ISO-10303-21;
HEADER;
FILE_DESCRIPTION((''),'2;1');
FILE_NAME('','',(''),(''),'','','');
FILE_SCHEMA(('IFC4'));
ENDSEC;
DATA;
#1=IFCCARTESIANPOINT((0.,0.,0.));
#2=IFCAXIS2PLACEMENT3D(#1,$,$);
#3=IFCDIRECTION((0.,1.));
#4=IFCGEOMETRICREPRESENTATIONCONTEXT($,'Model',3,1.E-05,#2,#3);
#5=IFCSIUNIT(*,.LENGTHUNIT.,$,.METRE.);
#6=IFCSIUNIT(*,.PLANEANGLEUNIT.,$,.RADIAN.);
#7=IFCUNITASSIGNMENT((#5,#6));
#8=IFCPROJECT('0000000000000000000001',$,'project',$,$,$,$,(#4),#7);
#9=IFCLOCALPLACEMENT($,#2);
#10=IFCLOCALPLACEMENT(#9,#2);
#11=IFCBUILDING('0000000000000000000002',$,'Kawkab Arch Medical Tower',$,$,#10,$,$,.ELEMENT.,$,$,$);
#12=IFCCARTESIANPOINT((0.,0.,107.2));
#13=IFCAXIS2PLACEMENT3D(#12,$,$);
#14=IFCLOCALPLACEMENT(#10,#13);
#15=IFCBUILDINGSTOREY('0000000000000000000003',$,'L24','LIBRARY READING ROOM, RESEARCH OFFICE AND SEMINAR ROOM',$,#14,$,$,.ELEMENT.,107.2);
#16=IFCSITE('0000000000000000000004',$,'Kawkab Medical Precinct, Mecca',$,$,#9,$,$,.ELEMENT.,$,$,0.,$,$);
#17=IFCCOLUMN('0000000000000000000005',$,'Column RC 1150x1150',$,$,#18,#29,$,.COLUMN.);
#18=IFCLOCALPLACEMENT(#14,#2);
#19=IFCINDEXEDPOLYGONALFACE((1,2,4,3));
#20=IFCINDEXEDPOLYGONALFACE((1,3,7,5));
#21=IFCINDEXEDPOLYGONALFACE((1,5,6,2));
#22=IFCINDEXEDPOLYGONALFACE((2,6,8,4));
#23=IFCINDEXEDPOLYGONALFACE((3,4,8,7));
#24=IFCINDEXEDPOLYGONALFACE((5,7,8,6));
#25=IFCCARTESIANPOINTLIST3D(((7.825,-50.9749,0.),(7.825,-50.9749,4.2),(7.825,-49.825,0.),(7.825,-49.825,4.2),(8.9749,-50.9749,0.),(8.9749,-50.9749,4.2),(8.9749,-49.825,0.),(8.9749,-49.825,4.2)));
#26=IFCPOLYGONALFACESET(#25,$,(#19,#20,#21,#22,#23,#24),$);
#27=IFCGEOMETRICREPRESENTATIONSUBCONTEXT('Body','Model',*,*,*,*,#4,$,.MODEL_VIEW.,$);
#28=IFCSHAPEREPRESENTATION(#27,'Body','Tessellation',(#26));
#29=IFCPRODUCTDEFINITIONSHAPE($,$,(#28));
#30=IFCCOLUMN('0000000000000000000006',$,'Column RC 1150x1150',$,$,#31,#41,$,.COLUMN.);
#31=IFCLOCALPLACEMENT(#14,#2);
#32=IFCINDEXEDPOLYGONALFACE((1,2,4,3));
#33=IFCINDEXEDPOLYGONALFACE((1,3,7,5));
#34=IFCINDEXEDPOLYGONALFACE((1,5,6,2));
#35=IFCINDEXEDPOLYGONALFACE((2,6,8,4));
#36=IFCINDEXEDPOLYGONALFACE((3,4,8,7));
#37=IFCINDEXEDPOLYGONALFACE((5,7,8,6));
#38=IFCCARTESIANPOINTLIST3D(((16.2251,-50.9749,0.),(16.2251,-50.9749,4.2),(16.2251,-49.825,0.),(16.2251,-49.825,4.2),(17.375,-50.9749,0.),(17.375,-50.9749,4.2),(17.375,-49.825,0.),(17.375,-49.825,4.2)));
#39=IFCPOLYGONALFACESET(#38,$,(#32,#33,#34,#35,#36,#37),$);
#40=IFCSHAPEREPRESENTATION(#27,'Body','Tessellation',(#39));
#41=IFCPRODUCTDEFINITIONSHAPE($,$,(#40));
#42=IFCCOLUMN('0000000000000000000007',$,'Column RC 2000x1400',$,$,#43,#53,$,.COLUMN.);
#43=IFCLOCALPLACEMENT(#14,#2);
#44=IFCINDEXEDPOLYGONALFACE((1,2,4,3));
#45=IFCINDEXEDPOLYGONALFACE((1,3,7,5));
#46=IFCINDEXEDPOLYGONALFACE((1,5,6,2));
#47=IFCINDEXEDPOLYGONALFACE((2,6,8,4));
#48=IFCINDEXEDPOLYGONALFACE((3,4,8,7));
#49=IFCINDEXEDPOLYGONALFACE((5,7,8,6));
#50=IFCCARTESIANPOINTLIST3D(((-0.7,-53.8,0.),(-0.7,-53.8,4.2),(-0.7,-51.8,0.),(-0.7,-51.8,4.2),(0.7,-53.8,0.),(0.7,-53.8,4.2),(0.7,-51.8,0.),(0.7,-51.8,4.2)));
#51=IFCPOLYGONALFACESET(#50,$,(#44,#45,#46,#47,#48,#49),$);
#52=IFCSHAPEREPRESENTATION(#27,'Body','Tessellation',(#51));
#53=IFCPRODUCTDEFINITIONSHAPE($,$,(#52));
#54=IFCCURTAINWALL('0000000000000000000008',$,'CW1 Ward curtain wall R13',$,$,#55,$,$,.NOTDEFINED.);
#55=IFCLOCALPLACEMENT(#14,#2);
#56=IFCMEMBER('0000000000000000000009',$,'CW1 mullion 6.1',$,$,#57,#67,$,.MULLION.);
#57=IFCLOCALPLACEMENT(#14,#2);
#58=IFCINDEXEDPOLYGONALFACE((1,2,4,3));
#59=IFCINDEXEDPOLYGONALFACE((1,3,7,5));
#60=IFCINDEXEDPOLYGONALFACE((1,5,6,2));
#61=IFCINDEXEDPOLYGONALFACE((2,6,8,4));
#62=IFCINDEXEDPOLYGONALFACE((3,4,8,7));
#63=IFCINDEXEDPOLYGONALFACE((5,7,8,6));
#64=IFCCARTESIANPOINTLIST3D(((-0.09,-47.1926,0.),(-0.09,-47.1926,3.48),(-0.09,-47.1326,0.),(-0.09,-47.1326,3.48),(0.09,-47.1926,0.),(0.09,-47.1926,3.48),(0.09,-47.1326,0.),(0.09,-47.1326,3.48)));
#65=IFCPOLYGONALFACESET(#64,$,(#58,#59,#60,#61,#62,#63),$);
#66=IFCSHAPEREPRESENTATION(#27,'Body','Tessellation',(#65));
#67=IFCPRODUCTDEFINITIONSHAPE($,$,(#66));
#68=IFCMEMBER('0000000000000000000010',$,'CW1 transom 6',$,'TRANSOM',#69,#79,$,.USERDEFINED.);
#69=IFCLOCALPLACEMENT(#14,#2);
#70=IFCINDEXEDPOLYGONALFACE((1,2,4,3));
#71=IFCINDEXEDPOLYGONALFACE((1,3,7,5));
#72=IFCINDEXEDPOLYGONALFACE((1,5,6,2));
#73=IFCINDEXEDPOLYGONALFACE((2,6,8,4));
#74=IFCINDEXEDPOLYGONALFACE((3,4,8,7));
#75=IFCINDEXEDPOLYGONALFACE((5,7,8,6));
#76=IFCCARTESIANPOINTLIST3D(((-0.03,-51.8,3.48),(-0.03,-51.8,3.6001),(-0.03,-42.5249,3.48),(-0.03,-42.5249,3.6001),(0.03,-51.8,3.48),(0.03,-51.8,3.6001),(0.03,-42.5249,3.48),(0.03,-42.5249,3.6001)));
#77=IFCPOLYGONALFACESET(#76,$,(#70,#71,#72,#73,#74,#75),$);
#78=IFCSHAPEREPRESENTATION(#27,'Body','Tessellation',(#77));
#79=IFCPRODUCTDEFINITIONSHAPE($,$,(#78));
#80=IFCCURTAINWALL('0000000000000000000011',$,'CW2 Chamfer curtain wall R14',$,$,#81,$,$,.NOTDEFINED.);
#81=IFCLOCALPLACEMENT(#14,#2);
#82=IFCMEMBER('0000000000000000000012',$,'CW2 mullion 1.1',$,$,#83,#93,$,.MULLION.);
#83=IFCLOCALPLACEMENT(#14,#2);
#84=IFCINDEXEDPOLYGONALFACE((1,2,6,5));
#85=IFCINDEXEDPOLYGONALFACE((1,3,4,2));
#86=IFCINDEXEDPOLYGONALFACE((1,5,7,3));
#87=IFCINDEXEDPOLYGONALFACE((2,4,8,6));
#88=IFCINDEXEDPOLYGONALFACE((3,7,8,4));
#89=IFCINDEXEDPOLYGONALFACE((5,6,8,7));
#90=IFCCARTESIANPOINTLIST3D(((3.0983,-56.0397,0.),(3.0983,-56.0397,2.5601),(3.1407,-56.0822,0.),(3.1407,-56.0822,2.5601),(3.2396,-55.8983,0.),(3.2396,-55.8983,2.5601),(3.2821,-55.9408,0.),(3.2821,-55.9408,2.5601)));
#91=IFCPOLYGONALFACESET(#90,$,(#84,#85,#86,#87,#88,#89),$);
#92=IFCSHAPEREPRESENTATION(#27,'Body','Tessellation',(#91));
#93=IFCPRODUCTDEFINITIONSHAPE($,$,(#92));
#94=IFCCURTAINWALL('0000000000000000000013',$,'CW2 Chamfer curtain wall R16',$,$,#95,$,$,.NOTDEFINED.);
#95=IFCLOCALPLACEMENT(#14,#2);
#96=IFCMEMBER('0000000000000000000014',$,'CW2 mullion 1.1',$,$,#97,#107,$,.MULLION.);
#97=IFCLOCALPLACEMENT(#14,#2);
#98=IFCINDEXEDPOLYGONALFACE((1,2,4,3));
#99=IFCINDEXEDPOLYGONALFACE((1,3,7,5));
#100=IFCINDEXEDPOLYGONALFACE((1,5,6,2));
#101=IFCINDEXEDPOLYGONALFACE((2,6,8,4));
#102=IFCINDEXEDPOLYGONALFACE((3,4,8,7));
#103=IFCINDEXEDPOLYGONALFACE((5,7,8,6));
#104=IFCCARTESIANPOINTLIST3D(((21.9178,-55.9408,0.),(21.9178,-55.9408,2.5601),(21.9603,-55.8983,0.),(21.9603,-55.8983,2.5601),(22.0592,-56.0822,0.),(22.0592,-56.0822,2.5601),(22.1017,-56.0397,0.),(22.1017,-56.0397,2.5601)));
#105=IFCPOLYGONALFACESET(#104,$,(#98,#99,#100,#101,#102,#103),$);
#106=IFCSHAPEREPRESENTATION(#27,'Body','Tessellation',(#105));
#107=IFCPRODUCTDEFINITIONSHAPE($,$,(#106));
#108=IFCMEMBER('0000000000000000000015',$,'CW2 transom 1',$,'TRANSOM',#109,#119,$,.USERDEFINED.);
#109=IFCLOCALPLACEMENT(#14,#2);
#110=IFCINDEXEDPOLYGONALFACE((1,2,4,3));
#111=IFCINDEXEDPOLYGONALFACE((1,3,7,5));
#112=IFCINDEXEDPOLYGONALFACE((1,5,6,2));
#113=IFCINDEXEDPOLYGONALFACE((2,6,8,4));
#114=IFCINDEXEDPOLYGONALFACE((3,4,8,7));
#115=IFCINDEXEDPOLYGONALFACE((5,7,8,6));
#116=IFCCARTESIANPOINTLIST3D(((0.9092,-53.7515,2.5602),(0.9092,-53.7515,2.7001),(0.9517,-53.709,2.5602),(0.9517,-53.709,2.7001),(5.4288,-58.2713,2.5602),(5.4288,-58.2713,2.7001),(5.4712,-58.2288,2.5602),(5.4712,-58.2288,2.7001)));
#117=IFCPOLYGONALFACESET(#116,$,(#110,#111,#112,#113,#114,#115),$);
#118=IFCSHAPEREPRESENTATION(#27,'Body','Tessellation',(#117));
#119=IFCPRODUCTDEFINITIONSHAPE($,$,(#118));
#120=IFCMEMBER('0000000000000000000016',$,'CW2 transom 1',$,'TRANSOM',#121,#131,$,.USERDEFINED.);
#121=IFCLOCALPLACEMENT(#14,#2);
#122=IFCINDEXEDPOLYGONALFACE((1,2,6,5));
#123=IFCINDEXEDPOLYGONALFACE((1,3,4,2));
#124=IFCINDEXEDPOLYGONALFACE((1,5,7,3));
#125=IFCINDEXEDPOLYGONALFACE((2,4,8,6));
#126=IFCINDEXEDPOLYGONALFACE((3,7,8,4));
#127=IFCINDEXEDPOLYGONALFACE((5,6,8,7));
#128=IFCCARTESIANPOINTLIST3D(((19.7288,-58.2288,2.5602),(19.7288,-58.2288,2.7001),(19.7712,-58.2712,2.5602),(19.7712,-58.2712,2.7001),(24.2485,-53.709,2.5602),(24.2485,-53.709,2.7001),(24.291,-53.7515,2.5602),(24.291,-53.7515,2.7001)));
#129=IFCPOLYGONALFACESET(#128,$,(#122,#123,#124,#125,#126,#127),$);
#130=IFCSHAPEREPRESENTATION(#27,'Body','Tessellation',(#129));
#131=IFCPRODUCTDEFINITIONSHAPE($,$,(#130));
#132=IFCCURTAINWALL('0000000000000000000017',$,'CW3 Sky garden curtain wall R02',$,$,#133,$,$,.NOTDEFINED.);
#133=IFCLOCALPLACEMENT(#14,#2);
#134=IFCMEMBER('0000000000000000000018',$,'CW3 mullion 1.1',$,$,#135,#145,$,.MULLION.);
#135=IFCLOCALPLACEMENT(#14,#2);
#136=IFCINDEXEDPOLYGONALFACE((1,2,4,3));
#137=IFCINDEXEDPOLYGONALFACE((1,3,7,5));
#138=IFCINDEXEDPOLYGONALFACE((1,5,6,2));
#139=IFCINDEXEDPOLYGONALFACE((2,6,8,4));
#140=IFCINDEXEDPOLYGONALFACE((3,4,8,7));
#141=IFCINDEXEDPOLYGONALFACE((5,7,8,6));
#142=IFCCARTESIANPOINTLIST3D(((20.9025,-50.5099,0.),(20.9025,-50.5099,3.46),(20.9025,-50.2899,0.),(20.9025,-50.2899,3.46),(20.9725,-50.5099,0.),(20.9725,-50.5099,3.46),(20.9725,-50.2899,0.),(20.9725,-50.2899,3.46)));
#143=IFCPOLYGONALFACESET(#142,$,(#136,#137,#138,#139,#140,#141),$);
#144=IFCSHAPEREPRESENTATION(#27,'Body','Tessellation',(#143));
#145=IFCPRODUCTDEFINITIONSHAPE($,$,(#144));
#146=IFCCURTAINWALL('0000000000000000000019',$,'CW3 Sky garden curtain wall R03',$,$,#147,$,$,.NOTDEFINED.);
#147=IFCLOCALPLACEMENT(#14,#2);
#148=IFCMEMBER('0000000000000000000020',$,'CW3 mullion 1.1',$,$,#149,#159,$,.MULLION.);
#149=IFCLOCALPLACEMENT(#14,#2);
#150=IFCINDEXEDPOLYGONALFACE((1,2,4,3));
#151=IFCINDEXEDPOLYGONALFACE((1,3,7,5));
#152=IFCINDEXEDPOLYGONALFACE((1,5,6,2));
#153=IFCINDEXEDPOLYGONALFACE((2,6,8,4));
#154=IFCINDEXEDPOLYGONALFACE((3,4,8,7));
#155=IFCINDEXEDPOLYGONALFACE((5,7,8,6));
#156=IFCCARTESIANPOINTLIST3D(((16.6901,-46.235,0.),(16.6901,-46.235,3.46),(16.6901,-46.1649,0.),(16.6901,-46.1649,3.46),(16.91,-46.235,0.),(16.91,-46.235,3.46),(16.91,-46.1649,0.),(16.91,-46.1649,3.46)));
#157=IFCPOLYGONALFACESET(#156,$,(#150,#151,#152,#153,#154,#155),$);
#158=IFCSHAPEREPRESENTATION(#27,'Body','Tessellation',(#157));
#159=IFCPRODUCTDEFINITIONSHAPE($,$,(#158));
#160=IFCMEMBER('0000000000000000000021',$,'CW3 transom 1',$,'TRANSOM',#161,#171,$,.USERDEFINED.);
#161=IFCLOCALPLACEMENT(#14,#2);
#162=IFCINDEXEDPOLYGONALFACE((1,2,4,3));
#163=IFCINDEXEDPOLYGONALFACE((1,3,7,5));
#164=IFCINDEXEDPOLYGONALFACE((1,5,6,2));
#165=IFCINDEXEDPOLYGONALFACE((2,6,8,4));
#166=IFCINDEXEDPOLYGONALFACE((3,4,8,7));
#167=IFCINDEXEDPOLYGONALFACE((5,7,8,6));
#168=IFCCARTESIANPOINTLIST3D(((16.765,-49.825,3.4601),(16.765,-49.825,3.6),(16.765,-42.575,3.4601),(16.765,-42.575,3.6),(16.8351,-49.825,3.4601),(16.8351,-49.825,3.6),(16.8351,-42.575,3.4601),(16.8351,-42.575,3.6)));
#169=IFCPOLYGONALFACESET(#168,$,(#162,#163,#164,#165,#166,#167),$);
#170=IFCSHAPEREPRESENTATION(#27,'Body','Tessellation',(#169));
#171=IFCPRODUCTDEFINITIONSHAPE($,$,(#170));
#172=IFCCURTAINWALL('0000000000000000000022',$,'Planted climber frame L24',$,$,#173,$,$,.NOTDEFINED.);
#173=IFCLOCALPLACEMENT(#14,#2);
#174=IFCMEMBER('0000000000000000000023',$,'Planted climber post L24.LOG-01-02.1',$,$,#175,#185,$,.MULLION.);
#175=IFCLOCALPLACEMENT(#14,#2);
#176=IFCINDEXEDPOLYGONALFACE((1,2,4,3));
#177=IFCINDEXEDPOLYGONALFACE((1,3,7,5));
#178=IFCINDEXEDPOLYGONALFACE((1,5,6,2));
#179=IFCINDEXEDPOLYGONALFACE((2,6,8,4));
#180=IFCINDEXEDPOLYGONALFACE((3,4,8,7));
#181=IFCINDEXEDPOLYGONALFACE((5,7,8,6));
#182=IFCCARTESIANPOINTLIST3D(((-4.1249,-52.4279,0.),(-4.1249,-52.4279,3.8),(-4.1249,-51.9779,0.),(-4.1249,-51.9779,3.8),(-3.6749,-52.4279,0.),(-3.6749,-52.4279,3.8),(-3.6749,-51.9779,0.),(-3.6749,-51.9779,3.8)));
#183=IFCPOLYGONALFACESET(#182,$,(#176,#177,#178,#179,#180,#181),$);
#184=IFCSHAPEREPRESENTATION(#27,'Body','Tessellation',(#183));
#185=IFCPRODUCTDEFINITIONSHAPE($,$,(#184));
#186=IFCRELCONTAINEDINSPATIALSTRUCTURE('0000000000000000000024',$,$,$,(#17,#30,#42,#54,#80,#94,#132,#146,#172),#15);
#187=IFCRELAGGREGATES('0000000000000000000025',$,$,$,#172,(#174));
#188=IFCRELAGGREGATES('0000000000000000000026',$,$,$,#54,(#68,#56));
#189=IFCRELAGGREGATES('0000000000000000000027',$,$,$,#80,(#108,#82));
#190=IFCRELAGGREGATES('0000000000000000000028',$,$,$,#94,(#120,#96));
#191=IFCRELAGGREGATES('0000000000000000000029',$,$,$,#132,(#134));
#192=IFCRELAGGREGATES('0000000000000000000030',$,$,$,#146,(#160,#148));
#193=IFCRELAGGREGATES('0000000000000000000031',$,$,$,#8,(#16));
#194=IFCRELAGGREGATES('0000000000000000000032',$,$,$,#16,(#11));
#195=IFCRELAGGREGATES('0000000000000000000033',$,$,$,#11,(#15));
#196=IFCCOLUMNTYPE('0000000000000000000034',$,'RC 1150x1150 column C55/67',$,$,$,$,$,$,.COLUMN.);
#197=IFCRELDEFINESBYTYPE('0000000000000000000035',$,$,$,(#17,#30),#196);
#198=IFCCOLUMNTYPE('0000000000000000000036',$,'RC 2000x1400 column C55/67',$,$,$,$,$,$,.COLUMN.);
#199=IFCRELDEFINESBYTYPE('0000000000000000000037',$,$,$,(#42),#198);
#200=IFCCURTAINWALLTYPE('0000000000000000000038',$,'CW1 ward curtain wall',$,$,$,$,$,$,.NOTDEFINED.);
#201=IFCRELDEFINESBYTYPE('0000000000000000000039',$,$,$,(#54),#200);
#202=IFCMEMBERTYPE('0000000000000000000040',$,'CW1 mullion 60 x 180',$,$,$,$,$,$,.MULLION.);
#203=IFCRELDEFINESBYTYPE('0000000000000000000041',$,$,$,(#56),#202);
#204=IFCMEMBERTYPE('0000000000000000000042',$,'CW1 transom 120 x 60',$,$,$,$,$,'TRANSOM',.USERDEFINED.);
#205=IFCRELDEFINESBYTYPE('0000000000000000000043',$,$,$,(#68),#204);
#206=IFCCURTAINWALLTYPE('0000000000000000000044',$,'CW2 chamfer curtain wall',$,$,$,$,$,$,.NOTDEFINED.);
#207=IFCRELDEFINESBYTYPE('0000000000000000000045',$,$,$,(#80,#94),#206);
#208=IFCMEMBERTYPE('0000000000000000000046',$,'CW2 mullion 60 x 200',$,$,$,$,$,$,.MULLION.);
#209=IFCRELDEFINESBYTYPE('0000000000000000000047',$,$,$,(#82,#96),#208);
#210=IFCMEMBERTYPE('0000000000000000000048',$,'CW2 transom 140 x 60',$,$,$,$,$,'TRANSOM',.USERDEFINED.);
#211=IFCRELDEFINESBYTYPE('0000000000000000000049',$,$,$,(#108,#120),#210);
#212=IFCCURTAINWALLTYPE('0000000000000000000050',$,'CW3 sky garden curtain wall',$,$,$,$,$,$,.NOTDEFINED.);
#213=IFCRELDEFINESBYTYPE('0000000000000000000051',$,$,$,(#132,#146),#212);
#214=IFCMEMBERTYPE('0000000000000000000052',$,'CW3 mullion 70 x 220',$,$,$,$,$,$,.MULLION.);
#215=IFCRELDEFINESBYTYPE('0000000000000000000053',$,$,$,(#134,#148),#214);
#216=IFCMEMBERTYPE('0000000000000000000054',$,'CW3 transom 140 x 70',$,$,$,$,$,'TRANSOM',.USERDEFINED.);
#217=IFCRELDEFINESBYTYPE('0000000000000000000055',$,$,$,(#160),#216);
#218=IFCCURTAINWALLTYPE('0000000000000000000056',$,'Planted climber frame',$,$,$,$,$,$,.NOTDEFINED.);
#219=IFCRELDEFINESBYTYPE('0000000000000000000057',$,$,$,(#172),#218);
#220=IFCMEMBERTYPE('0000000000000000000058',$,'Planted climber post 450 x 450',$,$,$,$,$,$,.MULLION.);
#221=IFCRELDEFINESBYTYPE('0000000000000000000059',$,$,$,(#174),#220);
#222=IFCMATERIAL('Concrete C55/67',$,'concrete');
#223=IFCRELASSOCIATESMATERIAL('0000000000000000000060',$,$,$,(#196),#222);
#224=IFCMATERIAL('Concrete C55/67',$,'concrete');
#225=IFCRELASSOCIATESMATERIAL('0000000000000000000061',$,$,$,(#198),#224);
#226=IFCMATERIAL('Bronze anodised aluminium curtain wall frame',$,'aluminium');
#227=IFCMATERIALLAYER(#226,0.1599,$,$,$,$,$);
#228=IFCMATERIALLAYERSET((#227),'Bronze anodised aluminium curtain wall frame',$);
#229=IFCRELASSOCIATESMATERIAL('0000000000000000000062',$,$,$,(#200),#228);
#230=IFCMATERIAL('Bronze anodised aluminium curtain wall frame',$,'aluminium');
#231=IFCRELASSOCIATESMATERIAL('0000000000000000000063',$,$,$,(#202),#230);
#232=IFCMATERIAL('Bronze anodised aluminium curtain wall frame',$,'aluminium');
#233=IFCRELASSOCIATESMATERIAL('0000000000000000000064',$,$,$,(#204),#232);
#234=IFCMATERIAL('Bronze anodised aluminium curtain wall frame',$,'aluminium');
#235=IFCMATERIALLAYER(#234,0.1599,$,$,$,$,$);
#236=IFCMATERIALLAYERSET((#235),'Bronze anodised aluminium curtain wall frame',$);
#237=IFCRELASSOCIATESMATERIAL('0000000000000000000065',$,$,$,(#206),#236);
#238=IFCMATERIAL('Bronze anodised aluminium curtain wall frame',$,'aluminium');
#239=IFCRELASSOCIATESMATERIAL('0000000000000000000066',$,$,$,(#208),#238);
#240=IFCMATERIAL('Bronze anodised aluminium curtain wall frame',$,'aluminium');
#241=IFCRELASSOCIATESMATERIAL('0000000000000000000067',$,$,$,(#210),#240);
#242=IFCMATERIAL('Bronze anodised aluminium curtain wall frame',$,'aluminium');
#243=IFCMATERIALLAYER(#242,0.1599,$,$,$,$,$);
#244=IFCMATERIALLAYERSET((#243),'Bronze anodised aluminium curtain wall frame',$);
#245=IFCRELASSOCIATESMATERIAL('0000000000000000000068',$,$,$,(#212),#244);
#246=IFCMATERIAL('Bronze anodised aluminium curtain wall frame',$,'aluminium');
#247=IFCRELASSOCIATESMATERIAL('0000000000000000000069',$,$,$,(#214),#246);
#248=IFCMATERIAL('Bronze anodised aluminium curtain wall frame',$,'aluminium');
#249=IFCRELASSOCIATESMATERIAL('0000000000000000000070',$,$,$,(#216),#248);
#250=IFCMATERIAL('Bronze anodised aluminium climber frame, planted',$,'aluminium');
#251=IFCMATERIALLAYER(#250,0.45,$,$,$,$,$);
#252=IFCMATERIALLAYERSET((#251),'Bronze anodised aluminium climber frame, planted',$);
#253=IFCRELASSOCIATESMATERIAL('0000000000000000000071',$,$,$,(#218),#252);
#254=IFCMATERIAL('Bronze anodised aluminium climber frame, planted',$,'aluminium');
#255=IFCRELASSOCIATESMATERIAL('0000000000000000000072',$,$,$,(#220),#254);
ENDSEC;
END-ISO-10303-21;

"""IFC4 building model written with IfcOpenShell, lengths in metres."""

from ifc_helpers import new_model, si_unit, direction, frame, origin, origin_2d, place, context, subcontext, project, spatial, rectangle, extrude, material, layer, layer_set, material_profile, profile_set, type_object, element, aggregate, save


model = new_model("IFC4")

# Units and contexts
model_context = context("Model", 3, precision=1e-05, world=origin(), true_north=direction((0.0, 1.0)))
body_context = subcontext(model_context, "Body", "Model", "MODEL_VIEW")
ifc_project = project(units=[si_unit("LENGTHUNIT", "METRE"), si_unit("PLANEANGLEUNIT", "RADIAN")], contexts=[model_context])

# Site, building, storey
site_placement = place(None, origin())
site = spatial("IfcSite", under=ifc_project, at=site_placement, Name="Kawkab Medical Precinct, Mecca", CompositionType="ELEMENT", RefElevation=0.0)
building_placement = place(site_placement, origin())
building = spatial("IfcBuilding", under=site, at=building_placement, Name="Kawkab Arch Medical Tower", CompositionType="ELEMENT")
storey_placement = place(building_placement, frame((0.0, 0.0, 107.2)))
storey = spatial("IfcBuildingStorey", under=building, at=storey_placement, Name="L24", Description="LIBRARY READING ROOM, RESEARCH OFFICE AND SEMINAR ROOM", CompositionType="ELEMENT", Elevation=107.2)

# Columns
ifc_material_1 = material(Name="Concrete C55/67", Category="concrete")
ifc_material_profile_1 = material_profile(ifc_material_1, rectangle(XDim=1.1499, YDim=1.1499, at=origin_2d()), Name="RC 1150x1150")
ifc_profile_set_1 = profile_set([ifc_material_profile_1], Name="Concrete C55/67")
column_type_1 = type_object("IfcColumnType", Name="RC 1150x1150 column C55/67", PredefinedType="COLUMN", material=ifc_profile_set_1)
for number, where, z_axis, x_axis, name in (
    (1, (8.3999, -50.3999, 0.0), (0.0, 0.0, 1.0), (1.0, 0.0, 0.0), "Column RC 1150x1150"),
    (2, (16.8, -50.3999, 0.0), (0.0, 0.0, 1.0), (1.0, 0.0, 0.0), "Column RC 1150x1150"),
):
    element("IfcColumn", number, at=place(storey_placement, frame(where, z_axis=z_axis, x_axis=x_axis)), inside=storey, type_object=column_type_1, Name=name, PredefinedType="COLUMN", context=body_context, shape_type="SweptSolid", body=[
        extrude(rectangle(XDim=1.1499, YDim=1.1499, at=origin_2d()), origin(), (0.0, 0.0, 1.0), 4.2),
    ])
ifc_material_2 = material(Name="Concrete C55/67", Category="concrete")
ifc_material_profile_2 = material_profile(ifc_material_2, rectangle(XDim=2.0, YDim=1.3999, at=origin_2d()), Name="RC 2000x1400")
ifc_profile_set_2 = profile_set([ifc_material_profile_2], Name="Concrete C55/67")
column_type_2 = type_object("IfcColumnType", Name="RC 2000x1400 column C55/67", PredefinedType="COLUMN", material=ifc_profile_set_2)
column_placement = place(storey_placement, frame((0.0, -52.8, 0.0), z_axis=(0.0, 0.0, 1.0), x_axis=(0.0, 1.0, 0.0)))
element("IfcColumn", 3, at=column_placement, inside=storey, type_object=column_type_2, Name="Column RC 2000x1400", PredefinedType="COLUMN", context=body_context, shape_type="SweptSolid", body=[
    extrude(rectangle(XDim=2.0, YDim=1.3999, at=origin_2d()), origin(), (0.0, 0.0, 1.0), 4.2),
])

# Curtain wall, members
ifc_material_3 = material(Name="Bronze anodised aluminium curtain wall frame", Category="aluminium")
ifc_layer_1 = layer(ifc_material_3, 0.1599)
ifc_layer_set_1 = layer_set([ifc_layer_1], Name="Bronze anodised aluminium curtain wall frame")
curtain_wall_type_1 = type_object("IfcCurtainWallType", Name="CW1 ward curtain wall", PredefinedType="NOTDEFINED", material=ifc_layer_set_1)
placement = place(storey_placement, origin())
curtain_wall_1 = element("IfcCurtainWall", 4, at=placement, inside=storey, type_object=curtain_wall_type_1, Name="CW1 Ward curtain wall R13", PredefinedType="NOTDEFINED")
ifc_material_4 = material(Name="Bronze anodised aluminium curtain wall frame", Category="aluminium")
ifc_material_profile_3 = material_profile(ifc_material_4, rectangle(XDim=0.1799, YDim=0.0601, at=origin_2d()), Name="AL 60x180")
ifc_profile_set_3 = profile_set([ifc_material_profile_3], Name="Bronze anodised aluminium curtain wall frame")
member_type_1 = type_object("IfcMemberType", Name="CW1 mullion 60 x 180", PredefinedType="MULLION", material=ifc_profile_set_3)
member_1_placement = place(storey_placement, frame((0.0, -47.1626, 0.0), z_axis=(0.0, 0.0, 1.0), x_axis=(1.0, 0.0, 0.0)))
member_1 = element("IfcMember", 5, at=member_1_placement, type_object=member_type_1, Name="CW1 mullion 6.1", PredefinedType="MULLION", context=body_context, shape_type="SweptSolid", body=[
    extrude(rectangle(XDim=0.1799, YDim=0.0601, at=origin_2d()), origin(), (0.0, 0.0, 1.0), 3.48),
])
ifc_material_5 = material(Name="Bronze anodised aluminium curtain wall frame", Category="aluminium")
ifc_material_profile_4 = material_profile(ifc_material_5, rectangle(XDim=0.0601, YDim=0.1201, at=origin_2d()), Name="AL 60x120")
ifc_profile_set_4 = profile_set([ifc_material_profile_4], Name="Bronze anodised aluminium curtain wall frame")
member_type_2 = type_object("IfcMemberType", Name="CW1 transom 120 x 60", ElementType="TRANSOM", PredefinedType="USERDEFINED", material=ifc_profile_set_4)
member_2_placement = place(storey_placement, frame((0.0, -42.5249, 3.54), z_axis=(0.0, -1.0, 0.0), x_axis=(1.0, 0.0, 0.0)))
member_2 = element("IfcMember", 6, at=member_2_placement, type_object=member_type_2, Name="CW1 transom 6", ObjectType="TRANSOM", PredefinedType="USERDEFINED", context=body_context, shape_type="SweptSolid", body=[
    extrude(rectangle(XDim=0.0601, YDim=0.1201, at=origin_2d()), origin(), (0.0, 0.0, 1.0), 9.2751),
])

# Curtain walls, members
ifc_material_6 = material(Name="Bronze anodised aluminium curtain wall frame", Category="aluminium")
ifc_layer_2 = layer(ifc_material_6, 0.1599)
ifc_layer_set_2 = layer_set([ifc_layer_2], Name="Bronze anodised aluminium curtain wall frame")
curtain_wall_type_2 = type_object("IfcCurtainWallType", Name="CW2 chamfer curtain wall", PredefinedType="NOTDEFINED", material=ifc_layer_set_2)
curtain_wall_2 = element("IfcCurtainWall", 7, at=placement, inside=storey, type_object=curtain_wall_type_2, Name="CW2 Chamfer curtain wall R14", PredefinedType="NOTDEFINED")
ifc_material_7 = material(Name="Bronze anodised aluminium curtain wall frame", Category="aluminium")
ifc_material_profile_5 = material_profile(ifc_material_7, rectangle(XDim=0.2, YDim=0.0601, at=origin_2d()), Name="AL 60x200")
ifc_profile_set_5 = profile_set([ifc_material_profile_5], Name="Bronze anodised aluminium curtain wall frame")
member_type_3 = type_object("IfcMemberType", Name="CW2 mullion 60 x 200", PredefinedType="MULLION", material=ifc_profile_set_5)
member_3_placement = place(storey_placement, frame((3.1902, -55.9902, 0.0), z_axis=(0.0, 0.0, 1.0), x_axis=(0.707107, 0.707107, 0.0)))
member_3 = element("IfcMember", 8, at=member_3_placement, type_object=member_type_3, Name="CW2 mullion 1.1", PredefinedType="MULLION", context=body_context, shape_type="SweptSolid", body=[
    extrude(rectangle(XDim=0.2, YDim=0.0601, at=origin_2d()), origin(), (0.0, 0.0, 1.0), 2.5601),
])
curtain_wall_3 = element("IfcCurtainWall", 9, at=placement, inside=storey, type_object=curtain_wall_type_2, Name="CW2 Chamfer curtain wall R16", PredefinedType="NOTDEFINED")
member_4_placement = place(storey_placement, frame((22.0098, -55.9902, 0.0), z_axis=(0.0, 0.0, 1.0), x_axis=(-0.707107, 0.707107, 0.0)))
member_4 = element("IfcMember", 10, at=member_4_placement, type_object=member_type_3, Name="CW2 mullion 1.1", PredefinedType="MULLION", context=body_context, shape_type="SweptSolid", body=[
    extrude(rectangle(XDim=0.2, YDim=0.0601, at=origin_2d()), origin(), (0.0, 0.0, 1.0), 2.5601),
])

# Members
ifc_material_8 = material(Name="Bronze anodised aluminium curtain wall frame", Category="aluminium")
ifc_material_profile_6 = material_profile(ifc_material_8, rectangle(XDim=0.0601, YDim=0.1399, at=origin_2d()), Name="AL 60x140")
ifc_profile_set_6 = profile_set([ifc_material_profile_6], Name="Bronze anodised aluminium curtain wall frame")
member_type_4 = type_object("IfcMemberType", Name="CW2 transom 140 x 60", ElementType="TRANSOM", PredefinedType="USERDEFINED", material=ifc_profile_set_6)
member_5_placement = place(storey_placement, frame((0.9304, -53.7302, 2.6301), z_axis=(0.707088, -0.707126, 0.0), x_axis=(0.707126, 0.707088, 0.0)))
member_5 = element("IfcMember", 11, at=member_5_placement, type_object=member_type_4, Name="CW2 transom 1", ObjectType="TRANSOM", PredefinedType="USERDEFINED", context=body_context, shape_type="SweptSolid", body=[
    extrude(rectangle(XDim=0.0601, YDim=0.1399, at=origin_2d()), origin(), (0.0, 0.0, 1.0), 6.3918),
])
member_6_placement = place(storey_placement, frame((19.75, -58.25, 2.6301), z_axis=(0.707107, 0.707107, 0.0), x_axis=(-0.707107, 0.707107, 0.0)))
member_6 = element("IfcMember", 12, at=member_6_placement, type_object=member_type_4, Name="CW2 transom 1", ObjectType="TRANSOM", PredefinedType="USERDEFINED", context=body_context, shape_type="SweptSolid", body=[
    extrude(rectangle(XDim=0.0601, YDim=0.1399, at=origin_2d()), origin(), (0.0, 0.0, 1.0), 6.3918),
])

# Curtain wall, member
ifc_material_9 = material(Name="Bronze anodised aluminium curtain wall frame", Category="aluminium")
ifc_layer_3 = layer(ifc_material_9, 0.1599)
ifc_layer_set_3 = layer_set([ifc_layer_3], Name="Bronze anodised aluminium curtain wall frame")
curtain_wall_type_3 = type_object("IfcCurtainWallType", Name="CW3 sky garden curtain wall", PredefinedType="NOTDEFINED", material=ifc_layer_set_3)
curtain_wall_4 = element("IfcCurtainWall", 13, at=placement, inside=storey, type_object=curtain_wall_type_3, Name="CW3 Sky garden curtain wall R02", PredefinedType="NOTDEFINED")
ifc_material_10 = material(Name="Bronze anodised aluminium curtain wall frame", Category="aluminium")
ifc_material_profile_7 = material_profile(ifc_material_10, rectangle(XDim=0.22, YDim=0.0701, at=origin_2d()), Name="AL 70x220")
ifc_profile_set_7 = profile_set([ifc_material_profile_7], Name="Bronze anodised aluminium curtain wall frame")
member_type_5 = type_object("IfcMemberType", Name="CW3 mullion 70 x 220", PredefinedType="MULLION", material=ifc_profile_set_7)
member_7_placement = place(storey_placement, frame((20.9375, -50.3999, 0.0), z_axis=(0.0, 0.0, 1.0), x_axis=(0.0, -1.0, 0.0)))
member_7 = element("IfcMember", 14, at=member_7_placement, type_object=member_type_5, Name="CW3 mullion 1.1", PredefinedType="MULLION", context=body_context, shape_type="SweptSolid", body=[
    extrude(rectangle(XDim=0.22, YDim=0.0701, at=origin_2d()), origin(), (0.0, 0.0, 1.0), 3.46),
])

# Curtain wall, members
curtain_wall_5 = element("IfcCurtainWall", 15, at=placement, inside=storey, type_object=curtain_wall_type_3, Name="CW3 Sky garden curtain wall R03", PredefinedType="NOTDEFINED")
member_8_placement = place(storey_placement, frame((16.8, -46.2, 0.0), z_axis=(0.0, 0.0, 1.0), x_axis=(-1.0, 0.0, 0.0)))
member_8 = element("IfcMember", 16, at=member_8_placement, type_object=member_type_5, Name="CW3 mullion 1.1", PredefinedType="MULLION", context=body_context, shape_type="SweptSolid", body=[
    extrude(rectangle(XDim=0.22, YDim=0.0701, at=origin_2d()), origin(), (0.0, 0.0, 1.0), 3.46),
])
ifc_material_11 = material(Name="Bronze anodised aluminium curtain wall frame", Category="aluminium")
ifc_material_profile_8 = material_profile(ifc_material_11, rectangle(XDim=0.0701, YDim=0.1399, at=origin_2d()), Name="AL 70x140")
ifc_profile_set_8 = profile_set([ifc_material_profile_8], Name="Bronze anodised aluminium curtain wall frame")
member_type_6 = type_object("IfcMemberType", Name="CW3 transom 140 x 70", ElementType="TRANSOM", PredefinedType="USERDEFINED", material=ifc_profile_set_8)
member_9_placement = place(storey_placement, frame((16.8, -49.825, 3.53), z_axis=(0.0, 1.0, 0.0), x_axis=(-1.0, 0.0, 0.0)))
member_9 = element("IfcMember", 17, at=member_9_placement, type_object=member_type_6, Name="CW3 transom 1", ObjectType="TRANSOM", PredefinedType="USERDEFINED", context=body_context, shape_type="SweptSolid", body=[
    extrude(rectangle(XDim=0.0701, YDim=0.1399, at=origin_2d()), origin(), (0.0, 0.0, 1.0), 7.25),
])

# Curtain wall, member
ifc_material_12 = material(Name="Bronze anodised aluminium climber frame, planted", Category="aluminium")
ifc_layer_4 = layer(ifc_material_12, 0.45)
ifc_layer_set_4 = layer_set([ifc_layer_4], Name="Bronze anodised aluminium climber frame, planted")
curtain_wall_type_4 = type_object("IfcCurtainWallType", Name="Planted climber frame", PredefinedType="NOTDEFINED", material=ifc_layer_set_4)
curtain_wall_6 = element("IfcCurtainWall", 18, at=placement, inside=storey, type_object=curtain_wall_type_4, Name="Planted climber frame L24", PredefinedType="NOTDEFINED")
ifc_material_13 = material(Name="Bronze anodised aluminium climber frame, planted", Category="aluminium")
ifc_material_profile_9 = material_profile(ifc_material_13, rectangle(XDim=0.45, YDim=0.45, at=origin_2d()), Name="Post 450x450")
ifc_profile_set_9 = profile_set([ifc_material_profile_9], Name="Bronze anodised aluminium climber frame, planted")
member_type_7 = type_object("IfcMemberType", Name="Planted climber post 450 x 450", PredefinedType="MULLION", material=ifc_profile_set_9)
member_10_placement = place(storey_placement, frame((-3.8999, -52.2029, 0.0), z_axis=(0.0, 0.0, 1.0), x_axis=(1.0, 0.0, 0.0)))
member_10 = element("IfcMember", 19, at=member_10_placement, type_object=member_type_7, Name="Planted climber post L24.LOG-01-02.1", PredefinedType="MULLION", context=body_context, shape_type="SweptSolid", body=[
    extrude(rectangle(XDim=0.45, YDim=0.45, at=origin_2d()), origin(), (0.0, 0.0, 1.0), 3.8),
])
aggregate(curtain_wall_6, [member_10])

aggregate(curtain_wall_1, [member_2, member_1])
aggregate(curtain_wall_2, [member_5, member_3])
aggregate(curtain_wall_3, [member_6, member_4])
aggregate(curtain_wall_4, [member_7])
aggregate(curtain_wall_5, [member_9, member_8])

save(model, "model.ifc")
